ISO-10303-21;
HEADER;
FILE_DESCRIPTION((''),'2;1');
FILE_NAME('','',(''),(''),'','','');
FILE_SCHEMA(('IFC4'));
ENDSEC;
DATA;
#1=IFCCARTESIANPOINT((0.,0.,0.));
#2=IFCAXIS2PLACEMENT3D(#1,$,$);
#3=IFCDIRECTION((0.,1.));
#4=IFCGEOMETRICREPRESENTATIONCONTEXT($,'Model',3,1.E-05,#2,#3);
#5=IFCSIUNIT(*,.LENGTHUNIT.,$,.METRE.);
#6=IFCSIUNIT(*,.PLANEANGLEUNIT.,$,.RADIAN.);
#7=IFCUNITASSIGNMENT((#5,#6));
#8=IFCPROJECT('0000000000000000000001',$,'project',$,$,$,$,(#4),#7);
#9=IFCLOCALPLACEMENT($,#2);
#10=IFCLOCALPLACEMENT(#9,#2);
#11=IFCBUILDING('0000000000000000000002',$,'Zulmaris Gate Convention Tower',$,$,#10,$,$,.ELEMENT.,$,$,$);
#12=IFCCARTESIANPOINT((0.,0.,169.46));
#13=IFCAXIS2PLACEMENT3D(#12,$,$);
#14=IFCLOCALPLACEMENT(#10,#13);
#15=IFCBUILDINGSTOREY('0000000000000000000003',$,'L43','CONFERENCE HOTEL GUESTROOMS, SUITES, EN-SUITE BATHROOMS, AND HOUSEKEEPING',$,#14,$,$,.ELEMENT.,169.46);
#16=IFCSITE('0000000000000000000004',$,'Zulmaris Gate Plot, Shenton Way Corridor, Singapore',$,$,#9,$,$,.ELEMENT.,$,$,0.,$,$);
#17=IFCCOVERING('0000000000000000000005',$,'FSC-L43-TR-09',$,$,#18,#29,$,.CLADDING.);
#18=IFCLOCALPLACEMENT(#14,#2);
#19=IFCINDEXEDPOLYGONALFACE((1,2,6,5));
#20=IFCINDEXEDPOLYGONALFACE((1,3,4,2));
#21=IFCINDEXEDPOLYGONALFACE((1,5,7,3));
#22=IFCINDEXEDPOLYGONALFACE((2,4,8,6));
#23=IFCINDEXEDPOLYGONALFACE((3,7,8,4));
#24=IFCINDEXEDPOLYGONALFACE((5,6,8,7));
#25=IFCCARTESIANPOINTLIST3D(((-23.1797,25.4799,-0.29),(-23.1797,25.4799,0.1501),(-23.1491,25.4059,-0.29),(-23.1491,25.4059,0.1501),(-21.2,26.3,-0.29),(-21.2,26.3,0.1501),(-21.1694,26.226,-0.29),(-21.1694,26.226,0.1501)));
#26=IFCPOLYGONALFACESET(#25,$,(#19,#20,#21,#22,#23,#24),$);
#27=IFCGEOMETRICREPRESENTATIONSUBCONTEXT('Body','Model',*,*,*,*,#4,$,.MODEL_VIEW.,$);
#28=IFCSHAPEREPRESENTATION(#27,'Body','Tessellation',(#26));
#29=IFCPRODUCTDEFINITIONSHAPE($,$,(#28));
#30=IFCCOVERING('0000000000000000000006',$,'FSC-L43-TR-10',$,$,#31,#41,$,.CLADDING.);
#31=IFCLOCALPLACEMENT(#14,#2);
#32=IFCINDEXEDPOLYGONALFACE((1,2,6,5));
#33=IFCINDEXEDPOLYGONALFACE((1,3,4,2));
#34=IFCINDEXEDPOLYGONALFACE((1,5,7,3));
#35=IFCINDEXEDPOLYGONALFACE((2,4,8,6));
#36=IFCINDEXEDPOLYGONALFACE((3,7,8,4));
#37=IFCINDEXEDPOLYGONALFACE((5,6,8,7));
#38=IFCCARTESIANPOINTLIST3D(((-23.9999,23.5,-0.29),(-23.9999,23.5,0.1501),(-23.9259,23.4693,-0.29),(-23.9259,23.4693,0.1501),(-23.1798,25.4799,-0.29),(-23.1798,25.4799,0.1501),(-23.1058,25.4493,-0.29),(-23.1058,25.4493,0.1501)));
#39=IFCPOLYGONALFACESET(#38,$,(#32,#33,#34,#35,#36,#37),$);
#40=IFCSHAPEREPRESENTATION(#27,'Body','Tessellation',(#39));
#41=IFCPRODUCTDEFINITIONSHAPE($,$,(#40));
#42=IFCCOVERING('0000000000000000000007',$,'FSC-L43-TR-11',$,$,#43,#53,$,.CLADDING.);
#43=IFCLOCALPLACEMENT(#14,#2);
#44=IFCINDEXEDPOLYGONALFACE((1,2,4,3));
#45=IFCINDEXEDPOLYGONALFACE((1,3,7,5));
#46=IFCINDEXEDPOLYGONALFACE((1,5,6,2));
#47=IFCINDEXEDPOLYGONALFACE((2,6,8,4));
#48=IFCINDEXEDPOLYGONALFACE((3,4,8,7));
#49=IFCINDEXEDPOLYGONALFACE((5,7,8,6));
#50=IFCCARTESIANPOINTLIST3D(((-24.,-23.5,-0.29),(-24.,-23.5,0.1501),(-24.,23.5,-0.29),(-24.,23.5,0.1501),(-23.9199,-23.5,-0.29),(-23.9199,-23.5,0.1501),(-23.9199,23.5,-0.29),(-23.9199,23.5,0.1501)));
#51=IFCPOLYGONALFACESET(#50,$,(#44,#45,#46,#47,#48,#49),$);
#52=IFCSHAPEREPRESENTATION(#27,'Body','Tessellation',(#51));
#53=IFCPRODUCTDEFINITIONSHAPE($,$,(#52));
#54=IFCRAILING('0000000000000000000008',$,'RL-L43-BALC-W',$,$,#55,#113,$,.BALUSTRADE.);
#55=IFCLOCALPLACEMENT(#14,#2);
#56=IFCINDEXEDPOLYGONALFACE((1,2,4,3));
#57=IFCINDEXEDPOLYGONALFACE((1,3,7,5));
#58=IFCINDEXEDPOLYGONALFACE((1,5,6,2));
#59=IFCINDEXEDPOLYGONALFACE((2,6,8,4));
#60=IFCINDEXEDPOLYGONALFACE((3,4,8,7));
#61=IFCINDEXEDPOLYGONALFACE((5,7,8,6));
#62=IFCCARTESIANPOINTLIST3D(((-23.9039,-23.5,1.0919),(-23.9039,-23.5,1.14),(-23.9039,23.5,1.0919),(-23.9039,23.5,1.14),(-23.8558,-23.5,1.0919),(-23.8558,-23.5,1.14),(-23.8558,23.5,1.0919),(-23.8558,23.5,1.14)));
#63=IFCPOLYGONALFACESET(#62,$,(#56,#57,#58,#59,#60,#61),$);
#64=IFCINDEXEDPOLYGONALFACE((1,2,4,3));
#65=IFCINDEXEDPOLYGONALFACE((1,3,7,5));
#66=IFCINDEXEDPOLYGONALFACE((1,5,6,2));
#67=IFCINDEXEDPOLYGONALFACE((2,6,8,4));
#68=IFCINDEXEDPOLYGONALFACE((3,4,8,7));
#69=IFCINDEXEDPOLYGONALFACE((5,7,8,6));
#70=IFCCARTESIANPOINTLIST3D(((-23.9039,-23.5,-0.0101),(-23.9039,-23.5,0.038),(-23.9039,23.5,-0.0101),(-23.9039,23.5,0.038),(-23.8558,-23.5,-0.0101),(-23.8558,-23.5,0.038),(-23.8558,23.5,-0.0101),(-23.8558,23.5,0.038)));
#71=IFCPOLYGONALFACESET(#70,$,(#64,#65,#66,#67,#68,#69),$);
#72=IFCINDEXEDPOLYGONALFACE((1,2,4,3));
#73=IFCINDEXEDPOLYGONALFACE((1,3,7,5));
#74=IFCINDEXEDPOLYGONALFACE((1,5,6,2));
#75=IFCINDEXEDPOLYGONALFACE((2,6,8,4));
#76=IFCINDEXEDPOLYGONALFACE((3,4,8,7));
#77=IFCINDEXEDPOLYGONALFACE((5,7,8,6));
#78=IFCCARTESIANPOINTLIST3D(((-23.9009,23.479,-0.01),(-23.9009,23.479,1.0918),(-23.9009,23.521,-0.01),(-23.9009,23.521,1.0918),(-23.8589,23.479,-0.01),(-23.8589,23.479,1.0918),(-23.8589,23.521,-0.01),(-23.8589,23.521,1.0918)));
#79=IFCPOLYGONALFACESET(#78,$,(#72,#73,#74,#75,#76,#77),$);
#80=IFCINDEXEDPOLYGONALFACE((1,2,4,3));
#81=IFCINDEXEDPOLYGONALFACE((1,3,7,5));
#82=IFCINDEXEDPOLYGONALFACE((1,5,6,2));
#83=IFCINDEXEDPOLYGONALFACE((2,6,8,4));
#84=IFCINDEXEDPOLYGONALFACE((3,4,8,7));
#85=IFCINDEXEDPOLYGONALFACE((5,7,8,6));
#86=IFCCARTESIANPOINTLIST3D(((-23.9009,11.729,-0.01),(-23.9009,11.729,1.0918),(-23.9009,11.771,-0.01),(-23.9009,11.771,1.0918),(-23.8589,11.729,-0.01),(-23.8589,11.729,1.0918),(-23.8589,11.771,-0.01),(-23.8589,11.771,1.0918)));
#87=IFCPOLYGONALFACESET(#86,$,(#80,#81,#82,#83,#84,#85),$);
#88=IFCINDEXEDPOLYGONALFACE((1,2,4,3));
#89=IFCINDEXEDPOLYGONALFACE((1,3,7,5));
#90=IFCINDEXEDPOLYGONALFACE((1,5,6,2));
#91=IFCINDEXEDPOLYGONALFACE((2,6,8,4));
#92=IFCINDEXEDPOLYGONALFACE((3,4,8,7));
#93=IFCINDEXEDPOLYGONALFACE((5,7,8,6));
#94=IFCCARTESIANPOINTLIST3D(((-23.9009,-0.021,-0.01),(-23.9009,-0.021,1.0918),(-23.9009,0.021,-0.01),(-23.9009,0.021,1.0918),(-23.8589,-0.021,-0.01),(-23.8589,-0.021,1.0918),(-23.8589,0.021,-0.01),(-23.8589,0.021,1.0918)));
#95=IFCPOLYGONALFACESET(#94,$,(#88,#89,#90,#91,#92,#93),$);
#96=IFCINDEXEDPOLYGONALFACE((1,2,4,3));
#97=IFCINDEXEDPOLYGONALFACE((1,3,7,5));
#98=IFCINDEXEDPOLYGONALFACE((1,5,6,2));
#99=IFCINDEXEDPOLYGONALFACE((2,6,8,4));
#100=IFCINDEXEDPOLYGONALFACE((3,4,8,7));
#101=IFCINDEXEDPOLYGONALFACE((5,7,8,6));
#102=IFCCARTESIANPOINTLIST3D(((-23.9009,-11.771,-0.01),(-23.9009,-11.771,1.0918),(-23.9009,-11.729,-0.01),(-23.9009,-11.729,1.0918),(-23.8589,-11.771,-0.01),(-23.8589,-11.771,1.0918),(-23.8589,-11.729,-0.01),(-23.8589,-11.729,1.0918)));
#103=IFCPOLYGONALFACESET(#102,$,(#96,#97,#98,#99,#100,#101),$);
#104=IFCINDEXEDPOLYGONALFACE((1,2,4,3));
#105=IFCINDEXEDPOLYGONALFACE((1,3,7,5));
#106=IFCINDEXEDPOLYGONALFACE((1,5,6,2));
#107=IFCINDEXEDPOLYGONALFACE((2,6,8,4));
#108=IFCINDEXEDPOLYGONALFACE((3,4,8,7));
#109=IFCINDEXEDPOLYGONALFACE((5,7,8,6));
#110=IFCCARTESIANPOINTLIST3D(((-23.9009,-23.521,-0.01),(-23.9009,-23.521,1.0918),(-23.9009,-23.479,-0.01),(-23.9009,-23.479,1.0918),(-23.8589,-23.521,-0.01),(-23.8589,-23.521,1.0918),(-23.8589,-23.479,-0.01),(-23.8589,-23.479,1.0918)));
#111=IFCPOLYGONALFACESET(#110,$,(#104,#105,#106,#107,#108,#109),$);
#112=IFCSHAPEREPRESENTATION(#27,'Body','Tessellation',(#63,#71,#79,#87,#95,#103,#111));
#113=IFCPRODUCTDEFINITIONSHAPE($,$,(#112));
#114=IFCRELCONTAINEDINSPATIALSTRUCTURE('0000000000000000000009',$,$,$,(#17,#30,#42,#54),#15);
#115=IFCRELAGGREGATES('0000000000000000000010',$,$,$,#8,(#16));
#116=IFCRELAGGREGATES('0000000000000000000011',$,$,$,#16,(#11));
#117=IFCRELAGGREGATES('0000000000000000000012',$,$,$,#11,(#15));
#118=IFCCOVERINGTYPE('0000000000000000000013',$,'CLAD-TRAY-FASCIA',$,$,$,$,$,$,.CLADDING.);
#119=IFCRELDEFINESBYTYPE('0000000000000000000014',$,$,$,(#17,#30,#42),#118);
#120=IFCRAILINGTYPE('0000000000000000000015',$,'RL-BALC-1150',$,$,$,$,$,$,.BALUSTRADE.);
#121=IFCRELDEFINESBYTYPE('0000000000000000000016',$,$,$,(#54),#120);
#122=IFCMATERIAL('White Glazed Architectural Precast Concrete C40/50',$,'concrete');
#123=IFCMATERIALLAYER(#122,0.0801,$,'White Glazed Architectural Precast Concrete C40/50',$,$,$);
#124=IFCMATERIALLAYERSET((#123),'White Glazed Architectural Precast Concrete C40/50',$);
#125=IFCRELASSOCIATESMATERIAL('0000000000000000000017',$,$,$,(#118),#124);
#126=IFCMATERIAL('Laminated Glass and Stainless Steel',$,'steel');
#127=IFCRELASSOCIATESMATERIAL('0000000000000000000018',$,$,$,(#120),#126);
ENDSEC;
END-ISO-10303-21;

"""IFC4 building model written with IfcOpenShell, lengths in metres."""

from ifc_helpers import new_model, si_unit, direction, frame, frame_2d, origin, origin_2d, place, context, subcontext, project, spatial, rectangle, extrude, material, layer, layer_set, type_object, element, save


model = new_model("IFC4")

# Units and contexts
model_context = context("Model", 3, precision=1e-05, world=origin(), true_north=direction((0.0, 1.0)))
body_context = subcontext(model_context, "Body", "Model", "MODEL_VIEW")
ifc_project = project(units=[si_unit("LENGTHUNIT", "METRE"), si_unit("PLANEANGLEUNIT", "RADIAN")], contexts=[model_context])

# Site, building, storey
site_placement = place(None, origin())
site = spatial("IfcSite", under=ifc_project, at=site_placement, Name="Zulmaris Gate Plot, Shenton Way Corridor, Singapore", CompositionType="ELEMENT", RefElevation=0.0)
building_placement = place(site_placement, origin())
building = spatial("IfcBuilding", under=site, at=building_placement, Name="Zulmaris Gate Convention Tower", CompositionType="ELEMENT")
storey_placement = place(building_placement, frame((0.0, 0.0, 169.46)))
storey = spatial("IfcBuildingStorey", under=building, at=storey_placement, Name="L43", Description="CONFERENCE HOTEL GUESTROOMS, SUITES, EN-SUITE BATHROOMS, AND HOUSEKEEPING", CompositionType="ELEMENT", Elevation=169.46)

# Coverings
ifc_material_1 = material(Name="White Glazed Architectural Precast Concrete C40/50", Category="concrete")
ifc_layer_1 = layer(ifc_material_1, 0.0801, Name="White Glazed Architectural Precast Concrete C40/50")
ifc_layer_set_1 = layer_set([ifc_layer_1], Name="White Glazed Architectural Precast Concrete C40/50")
covering_type_1 = type_object("IfcCoveringType", Name="CLAD-TRAY-FASCIA", PredefinedType="CLADDING", material=ifc_layer_set_1)
covering_1_placement = place(storey_placement, frame((-21.1848, 26.2629, -0.29), z_axis=(0.0, 0.0, 1.0), x_axis=(-0.923874, -0.382697, 0.0)))
element("IfcCovering", 1, at=covering_1_placement, inside=storey, type_object=covering_type_1, Name="FSC-L43-TR-09", PredefinedType="CLADDING", context=body_context, shape_type="SweptSolid", body=[
    extrude(rectangle(XDim=2.1428, YDim=0.0801, at=frame_2d((1.0713, 0.0))), origin(), (0.0, 0.0, 1.0), 0.4402),
])
covering_2_placement = place(storey_placement, frame((-23.1428, 25.4646, -0.29), z_axis=(0.0, 0.0, 1.0), x_axis=(-0.382657, -0.92389, 0.0)))
element("IfcCovering", 2, at=covering_2_placement, inside=storey, type_object=covering_type_1, Name="FSC-L43-TR-10", PredefinedType="CLADDING", context=body_context, shape_type="SweptSolid", body=[
    extrude(rectangle(XDim=2.1431, YDim=0.0801, at=frame_2d((1.0715, 0.0))), origin(), (0.0, 0.0, 1.0), 0.4402),
])
covering_3_placement = place(storey_placement, frame((-23.96, 23.5, -0.29), z_axis=(0.0, 0.0, 1.0), x_axis=(0.0, -1.0, 0.0)))
element("IfcCovering", 3, at=covering_3_placement, inside=storey, type_object=covering_type_1, Name="FSC-L43-TR-11", PredefinedType="CLADDING", context=body_context, shape_type="SweptSolid", body=[
    extrude(rectangle(XDim=47.0, YDim=0.0801, at=frame_2d((23.5, 0.0))), origin(), (0.0, 0.0, 1.0), 0.4402),
])

# Railing
ifc_material_2 = material(Name="Laminated Glass and Stainless Steel", Category="steel")
railing_type = type_object("IfcRailingType", Name="RL-BALC-1150", PredefinedType="BALUSTRADE", material=ifc_material_2)
railing_placement = place(storey_placement, frame((-23.8799, 23.5, -0.01)))
element("IfcRailing", 4, at=railing_placement, inside=storey, type_object=railing_type, Name="RL-L43-BALC-W", PredefinedType="BALUSTRADE", context=body_context, shape_type="SweptSolid", body=[
    extrude(rectangle(XDim=0.0481, YDim=0.0481, at=origin_2d()), frame((0.0, 0.0, 1.126), z_axis=(0.0, -1.0, 0.0), x_axis=(1.0, 0.0, 0.0)), (0.0, 0.0, 1.0), 47.0),
    extrude(rectangle(XDim=0.0481, YDim=0.0481, at=origin_2d()), frame((0.0, 0.0, 0.0239), z_axis=(0.0, -1.0, 0.0), x_axis=(1.0, 0.0, 0.0)), (0.0, 0.0, 1.0), 47.0),
    extrude(rectangle(XDim=0.042, YDim=0.042, at=origin_2d()), origin(), (0.0, 0.0, 1.0), 1.1018),
    extrude(rectangle(XDim=0.042, YDim=0.042, at=origin_2d()), frame((0.0, -11.75, 0.0)), (0.0, 0.0, 1.0), 1.1018),
    extrude(rectangle(XDim=0.042, YDim=0.042, at=origin_2d()), frame((0.0, -23.5, 0.0)), (0.0, 0.0, 1.0), 1.1018),
    extrude(rectangle(XDim=0.042, YDim=0.042, at=origin_2d()), frame((0.0, -35.25, 0.0)), (0.0, 0.0, 1.0), 1.1018),
    extrude(rectangle(XDim=0.042, YDim=0.042, at=origin_2d()), frame((0.0, -47.0, 0.0)), (0.0, 0.0, 1.0), 1.1018),
])

save(model, "model.ifc")
